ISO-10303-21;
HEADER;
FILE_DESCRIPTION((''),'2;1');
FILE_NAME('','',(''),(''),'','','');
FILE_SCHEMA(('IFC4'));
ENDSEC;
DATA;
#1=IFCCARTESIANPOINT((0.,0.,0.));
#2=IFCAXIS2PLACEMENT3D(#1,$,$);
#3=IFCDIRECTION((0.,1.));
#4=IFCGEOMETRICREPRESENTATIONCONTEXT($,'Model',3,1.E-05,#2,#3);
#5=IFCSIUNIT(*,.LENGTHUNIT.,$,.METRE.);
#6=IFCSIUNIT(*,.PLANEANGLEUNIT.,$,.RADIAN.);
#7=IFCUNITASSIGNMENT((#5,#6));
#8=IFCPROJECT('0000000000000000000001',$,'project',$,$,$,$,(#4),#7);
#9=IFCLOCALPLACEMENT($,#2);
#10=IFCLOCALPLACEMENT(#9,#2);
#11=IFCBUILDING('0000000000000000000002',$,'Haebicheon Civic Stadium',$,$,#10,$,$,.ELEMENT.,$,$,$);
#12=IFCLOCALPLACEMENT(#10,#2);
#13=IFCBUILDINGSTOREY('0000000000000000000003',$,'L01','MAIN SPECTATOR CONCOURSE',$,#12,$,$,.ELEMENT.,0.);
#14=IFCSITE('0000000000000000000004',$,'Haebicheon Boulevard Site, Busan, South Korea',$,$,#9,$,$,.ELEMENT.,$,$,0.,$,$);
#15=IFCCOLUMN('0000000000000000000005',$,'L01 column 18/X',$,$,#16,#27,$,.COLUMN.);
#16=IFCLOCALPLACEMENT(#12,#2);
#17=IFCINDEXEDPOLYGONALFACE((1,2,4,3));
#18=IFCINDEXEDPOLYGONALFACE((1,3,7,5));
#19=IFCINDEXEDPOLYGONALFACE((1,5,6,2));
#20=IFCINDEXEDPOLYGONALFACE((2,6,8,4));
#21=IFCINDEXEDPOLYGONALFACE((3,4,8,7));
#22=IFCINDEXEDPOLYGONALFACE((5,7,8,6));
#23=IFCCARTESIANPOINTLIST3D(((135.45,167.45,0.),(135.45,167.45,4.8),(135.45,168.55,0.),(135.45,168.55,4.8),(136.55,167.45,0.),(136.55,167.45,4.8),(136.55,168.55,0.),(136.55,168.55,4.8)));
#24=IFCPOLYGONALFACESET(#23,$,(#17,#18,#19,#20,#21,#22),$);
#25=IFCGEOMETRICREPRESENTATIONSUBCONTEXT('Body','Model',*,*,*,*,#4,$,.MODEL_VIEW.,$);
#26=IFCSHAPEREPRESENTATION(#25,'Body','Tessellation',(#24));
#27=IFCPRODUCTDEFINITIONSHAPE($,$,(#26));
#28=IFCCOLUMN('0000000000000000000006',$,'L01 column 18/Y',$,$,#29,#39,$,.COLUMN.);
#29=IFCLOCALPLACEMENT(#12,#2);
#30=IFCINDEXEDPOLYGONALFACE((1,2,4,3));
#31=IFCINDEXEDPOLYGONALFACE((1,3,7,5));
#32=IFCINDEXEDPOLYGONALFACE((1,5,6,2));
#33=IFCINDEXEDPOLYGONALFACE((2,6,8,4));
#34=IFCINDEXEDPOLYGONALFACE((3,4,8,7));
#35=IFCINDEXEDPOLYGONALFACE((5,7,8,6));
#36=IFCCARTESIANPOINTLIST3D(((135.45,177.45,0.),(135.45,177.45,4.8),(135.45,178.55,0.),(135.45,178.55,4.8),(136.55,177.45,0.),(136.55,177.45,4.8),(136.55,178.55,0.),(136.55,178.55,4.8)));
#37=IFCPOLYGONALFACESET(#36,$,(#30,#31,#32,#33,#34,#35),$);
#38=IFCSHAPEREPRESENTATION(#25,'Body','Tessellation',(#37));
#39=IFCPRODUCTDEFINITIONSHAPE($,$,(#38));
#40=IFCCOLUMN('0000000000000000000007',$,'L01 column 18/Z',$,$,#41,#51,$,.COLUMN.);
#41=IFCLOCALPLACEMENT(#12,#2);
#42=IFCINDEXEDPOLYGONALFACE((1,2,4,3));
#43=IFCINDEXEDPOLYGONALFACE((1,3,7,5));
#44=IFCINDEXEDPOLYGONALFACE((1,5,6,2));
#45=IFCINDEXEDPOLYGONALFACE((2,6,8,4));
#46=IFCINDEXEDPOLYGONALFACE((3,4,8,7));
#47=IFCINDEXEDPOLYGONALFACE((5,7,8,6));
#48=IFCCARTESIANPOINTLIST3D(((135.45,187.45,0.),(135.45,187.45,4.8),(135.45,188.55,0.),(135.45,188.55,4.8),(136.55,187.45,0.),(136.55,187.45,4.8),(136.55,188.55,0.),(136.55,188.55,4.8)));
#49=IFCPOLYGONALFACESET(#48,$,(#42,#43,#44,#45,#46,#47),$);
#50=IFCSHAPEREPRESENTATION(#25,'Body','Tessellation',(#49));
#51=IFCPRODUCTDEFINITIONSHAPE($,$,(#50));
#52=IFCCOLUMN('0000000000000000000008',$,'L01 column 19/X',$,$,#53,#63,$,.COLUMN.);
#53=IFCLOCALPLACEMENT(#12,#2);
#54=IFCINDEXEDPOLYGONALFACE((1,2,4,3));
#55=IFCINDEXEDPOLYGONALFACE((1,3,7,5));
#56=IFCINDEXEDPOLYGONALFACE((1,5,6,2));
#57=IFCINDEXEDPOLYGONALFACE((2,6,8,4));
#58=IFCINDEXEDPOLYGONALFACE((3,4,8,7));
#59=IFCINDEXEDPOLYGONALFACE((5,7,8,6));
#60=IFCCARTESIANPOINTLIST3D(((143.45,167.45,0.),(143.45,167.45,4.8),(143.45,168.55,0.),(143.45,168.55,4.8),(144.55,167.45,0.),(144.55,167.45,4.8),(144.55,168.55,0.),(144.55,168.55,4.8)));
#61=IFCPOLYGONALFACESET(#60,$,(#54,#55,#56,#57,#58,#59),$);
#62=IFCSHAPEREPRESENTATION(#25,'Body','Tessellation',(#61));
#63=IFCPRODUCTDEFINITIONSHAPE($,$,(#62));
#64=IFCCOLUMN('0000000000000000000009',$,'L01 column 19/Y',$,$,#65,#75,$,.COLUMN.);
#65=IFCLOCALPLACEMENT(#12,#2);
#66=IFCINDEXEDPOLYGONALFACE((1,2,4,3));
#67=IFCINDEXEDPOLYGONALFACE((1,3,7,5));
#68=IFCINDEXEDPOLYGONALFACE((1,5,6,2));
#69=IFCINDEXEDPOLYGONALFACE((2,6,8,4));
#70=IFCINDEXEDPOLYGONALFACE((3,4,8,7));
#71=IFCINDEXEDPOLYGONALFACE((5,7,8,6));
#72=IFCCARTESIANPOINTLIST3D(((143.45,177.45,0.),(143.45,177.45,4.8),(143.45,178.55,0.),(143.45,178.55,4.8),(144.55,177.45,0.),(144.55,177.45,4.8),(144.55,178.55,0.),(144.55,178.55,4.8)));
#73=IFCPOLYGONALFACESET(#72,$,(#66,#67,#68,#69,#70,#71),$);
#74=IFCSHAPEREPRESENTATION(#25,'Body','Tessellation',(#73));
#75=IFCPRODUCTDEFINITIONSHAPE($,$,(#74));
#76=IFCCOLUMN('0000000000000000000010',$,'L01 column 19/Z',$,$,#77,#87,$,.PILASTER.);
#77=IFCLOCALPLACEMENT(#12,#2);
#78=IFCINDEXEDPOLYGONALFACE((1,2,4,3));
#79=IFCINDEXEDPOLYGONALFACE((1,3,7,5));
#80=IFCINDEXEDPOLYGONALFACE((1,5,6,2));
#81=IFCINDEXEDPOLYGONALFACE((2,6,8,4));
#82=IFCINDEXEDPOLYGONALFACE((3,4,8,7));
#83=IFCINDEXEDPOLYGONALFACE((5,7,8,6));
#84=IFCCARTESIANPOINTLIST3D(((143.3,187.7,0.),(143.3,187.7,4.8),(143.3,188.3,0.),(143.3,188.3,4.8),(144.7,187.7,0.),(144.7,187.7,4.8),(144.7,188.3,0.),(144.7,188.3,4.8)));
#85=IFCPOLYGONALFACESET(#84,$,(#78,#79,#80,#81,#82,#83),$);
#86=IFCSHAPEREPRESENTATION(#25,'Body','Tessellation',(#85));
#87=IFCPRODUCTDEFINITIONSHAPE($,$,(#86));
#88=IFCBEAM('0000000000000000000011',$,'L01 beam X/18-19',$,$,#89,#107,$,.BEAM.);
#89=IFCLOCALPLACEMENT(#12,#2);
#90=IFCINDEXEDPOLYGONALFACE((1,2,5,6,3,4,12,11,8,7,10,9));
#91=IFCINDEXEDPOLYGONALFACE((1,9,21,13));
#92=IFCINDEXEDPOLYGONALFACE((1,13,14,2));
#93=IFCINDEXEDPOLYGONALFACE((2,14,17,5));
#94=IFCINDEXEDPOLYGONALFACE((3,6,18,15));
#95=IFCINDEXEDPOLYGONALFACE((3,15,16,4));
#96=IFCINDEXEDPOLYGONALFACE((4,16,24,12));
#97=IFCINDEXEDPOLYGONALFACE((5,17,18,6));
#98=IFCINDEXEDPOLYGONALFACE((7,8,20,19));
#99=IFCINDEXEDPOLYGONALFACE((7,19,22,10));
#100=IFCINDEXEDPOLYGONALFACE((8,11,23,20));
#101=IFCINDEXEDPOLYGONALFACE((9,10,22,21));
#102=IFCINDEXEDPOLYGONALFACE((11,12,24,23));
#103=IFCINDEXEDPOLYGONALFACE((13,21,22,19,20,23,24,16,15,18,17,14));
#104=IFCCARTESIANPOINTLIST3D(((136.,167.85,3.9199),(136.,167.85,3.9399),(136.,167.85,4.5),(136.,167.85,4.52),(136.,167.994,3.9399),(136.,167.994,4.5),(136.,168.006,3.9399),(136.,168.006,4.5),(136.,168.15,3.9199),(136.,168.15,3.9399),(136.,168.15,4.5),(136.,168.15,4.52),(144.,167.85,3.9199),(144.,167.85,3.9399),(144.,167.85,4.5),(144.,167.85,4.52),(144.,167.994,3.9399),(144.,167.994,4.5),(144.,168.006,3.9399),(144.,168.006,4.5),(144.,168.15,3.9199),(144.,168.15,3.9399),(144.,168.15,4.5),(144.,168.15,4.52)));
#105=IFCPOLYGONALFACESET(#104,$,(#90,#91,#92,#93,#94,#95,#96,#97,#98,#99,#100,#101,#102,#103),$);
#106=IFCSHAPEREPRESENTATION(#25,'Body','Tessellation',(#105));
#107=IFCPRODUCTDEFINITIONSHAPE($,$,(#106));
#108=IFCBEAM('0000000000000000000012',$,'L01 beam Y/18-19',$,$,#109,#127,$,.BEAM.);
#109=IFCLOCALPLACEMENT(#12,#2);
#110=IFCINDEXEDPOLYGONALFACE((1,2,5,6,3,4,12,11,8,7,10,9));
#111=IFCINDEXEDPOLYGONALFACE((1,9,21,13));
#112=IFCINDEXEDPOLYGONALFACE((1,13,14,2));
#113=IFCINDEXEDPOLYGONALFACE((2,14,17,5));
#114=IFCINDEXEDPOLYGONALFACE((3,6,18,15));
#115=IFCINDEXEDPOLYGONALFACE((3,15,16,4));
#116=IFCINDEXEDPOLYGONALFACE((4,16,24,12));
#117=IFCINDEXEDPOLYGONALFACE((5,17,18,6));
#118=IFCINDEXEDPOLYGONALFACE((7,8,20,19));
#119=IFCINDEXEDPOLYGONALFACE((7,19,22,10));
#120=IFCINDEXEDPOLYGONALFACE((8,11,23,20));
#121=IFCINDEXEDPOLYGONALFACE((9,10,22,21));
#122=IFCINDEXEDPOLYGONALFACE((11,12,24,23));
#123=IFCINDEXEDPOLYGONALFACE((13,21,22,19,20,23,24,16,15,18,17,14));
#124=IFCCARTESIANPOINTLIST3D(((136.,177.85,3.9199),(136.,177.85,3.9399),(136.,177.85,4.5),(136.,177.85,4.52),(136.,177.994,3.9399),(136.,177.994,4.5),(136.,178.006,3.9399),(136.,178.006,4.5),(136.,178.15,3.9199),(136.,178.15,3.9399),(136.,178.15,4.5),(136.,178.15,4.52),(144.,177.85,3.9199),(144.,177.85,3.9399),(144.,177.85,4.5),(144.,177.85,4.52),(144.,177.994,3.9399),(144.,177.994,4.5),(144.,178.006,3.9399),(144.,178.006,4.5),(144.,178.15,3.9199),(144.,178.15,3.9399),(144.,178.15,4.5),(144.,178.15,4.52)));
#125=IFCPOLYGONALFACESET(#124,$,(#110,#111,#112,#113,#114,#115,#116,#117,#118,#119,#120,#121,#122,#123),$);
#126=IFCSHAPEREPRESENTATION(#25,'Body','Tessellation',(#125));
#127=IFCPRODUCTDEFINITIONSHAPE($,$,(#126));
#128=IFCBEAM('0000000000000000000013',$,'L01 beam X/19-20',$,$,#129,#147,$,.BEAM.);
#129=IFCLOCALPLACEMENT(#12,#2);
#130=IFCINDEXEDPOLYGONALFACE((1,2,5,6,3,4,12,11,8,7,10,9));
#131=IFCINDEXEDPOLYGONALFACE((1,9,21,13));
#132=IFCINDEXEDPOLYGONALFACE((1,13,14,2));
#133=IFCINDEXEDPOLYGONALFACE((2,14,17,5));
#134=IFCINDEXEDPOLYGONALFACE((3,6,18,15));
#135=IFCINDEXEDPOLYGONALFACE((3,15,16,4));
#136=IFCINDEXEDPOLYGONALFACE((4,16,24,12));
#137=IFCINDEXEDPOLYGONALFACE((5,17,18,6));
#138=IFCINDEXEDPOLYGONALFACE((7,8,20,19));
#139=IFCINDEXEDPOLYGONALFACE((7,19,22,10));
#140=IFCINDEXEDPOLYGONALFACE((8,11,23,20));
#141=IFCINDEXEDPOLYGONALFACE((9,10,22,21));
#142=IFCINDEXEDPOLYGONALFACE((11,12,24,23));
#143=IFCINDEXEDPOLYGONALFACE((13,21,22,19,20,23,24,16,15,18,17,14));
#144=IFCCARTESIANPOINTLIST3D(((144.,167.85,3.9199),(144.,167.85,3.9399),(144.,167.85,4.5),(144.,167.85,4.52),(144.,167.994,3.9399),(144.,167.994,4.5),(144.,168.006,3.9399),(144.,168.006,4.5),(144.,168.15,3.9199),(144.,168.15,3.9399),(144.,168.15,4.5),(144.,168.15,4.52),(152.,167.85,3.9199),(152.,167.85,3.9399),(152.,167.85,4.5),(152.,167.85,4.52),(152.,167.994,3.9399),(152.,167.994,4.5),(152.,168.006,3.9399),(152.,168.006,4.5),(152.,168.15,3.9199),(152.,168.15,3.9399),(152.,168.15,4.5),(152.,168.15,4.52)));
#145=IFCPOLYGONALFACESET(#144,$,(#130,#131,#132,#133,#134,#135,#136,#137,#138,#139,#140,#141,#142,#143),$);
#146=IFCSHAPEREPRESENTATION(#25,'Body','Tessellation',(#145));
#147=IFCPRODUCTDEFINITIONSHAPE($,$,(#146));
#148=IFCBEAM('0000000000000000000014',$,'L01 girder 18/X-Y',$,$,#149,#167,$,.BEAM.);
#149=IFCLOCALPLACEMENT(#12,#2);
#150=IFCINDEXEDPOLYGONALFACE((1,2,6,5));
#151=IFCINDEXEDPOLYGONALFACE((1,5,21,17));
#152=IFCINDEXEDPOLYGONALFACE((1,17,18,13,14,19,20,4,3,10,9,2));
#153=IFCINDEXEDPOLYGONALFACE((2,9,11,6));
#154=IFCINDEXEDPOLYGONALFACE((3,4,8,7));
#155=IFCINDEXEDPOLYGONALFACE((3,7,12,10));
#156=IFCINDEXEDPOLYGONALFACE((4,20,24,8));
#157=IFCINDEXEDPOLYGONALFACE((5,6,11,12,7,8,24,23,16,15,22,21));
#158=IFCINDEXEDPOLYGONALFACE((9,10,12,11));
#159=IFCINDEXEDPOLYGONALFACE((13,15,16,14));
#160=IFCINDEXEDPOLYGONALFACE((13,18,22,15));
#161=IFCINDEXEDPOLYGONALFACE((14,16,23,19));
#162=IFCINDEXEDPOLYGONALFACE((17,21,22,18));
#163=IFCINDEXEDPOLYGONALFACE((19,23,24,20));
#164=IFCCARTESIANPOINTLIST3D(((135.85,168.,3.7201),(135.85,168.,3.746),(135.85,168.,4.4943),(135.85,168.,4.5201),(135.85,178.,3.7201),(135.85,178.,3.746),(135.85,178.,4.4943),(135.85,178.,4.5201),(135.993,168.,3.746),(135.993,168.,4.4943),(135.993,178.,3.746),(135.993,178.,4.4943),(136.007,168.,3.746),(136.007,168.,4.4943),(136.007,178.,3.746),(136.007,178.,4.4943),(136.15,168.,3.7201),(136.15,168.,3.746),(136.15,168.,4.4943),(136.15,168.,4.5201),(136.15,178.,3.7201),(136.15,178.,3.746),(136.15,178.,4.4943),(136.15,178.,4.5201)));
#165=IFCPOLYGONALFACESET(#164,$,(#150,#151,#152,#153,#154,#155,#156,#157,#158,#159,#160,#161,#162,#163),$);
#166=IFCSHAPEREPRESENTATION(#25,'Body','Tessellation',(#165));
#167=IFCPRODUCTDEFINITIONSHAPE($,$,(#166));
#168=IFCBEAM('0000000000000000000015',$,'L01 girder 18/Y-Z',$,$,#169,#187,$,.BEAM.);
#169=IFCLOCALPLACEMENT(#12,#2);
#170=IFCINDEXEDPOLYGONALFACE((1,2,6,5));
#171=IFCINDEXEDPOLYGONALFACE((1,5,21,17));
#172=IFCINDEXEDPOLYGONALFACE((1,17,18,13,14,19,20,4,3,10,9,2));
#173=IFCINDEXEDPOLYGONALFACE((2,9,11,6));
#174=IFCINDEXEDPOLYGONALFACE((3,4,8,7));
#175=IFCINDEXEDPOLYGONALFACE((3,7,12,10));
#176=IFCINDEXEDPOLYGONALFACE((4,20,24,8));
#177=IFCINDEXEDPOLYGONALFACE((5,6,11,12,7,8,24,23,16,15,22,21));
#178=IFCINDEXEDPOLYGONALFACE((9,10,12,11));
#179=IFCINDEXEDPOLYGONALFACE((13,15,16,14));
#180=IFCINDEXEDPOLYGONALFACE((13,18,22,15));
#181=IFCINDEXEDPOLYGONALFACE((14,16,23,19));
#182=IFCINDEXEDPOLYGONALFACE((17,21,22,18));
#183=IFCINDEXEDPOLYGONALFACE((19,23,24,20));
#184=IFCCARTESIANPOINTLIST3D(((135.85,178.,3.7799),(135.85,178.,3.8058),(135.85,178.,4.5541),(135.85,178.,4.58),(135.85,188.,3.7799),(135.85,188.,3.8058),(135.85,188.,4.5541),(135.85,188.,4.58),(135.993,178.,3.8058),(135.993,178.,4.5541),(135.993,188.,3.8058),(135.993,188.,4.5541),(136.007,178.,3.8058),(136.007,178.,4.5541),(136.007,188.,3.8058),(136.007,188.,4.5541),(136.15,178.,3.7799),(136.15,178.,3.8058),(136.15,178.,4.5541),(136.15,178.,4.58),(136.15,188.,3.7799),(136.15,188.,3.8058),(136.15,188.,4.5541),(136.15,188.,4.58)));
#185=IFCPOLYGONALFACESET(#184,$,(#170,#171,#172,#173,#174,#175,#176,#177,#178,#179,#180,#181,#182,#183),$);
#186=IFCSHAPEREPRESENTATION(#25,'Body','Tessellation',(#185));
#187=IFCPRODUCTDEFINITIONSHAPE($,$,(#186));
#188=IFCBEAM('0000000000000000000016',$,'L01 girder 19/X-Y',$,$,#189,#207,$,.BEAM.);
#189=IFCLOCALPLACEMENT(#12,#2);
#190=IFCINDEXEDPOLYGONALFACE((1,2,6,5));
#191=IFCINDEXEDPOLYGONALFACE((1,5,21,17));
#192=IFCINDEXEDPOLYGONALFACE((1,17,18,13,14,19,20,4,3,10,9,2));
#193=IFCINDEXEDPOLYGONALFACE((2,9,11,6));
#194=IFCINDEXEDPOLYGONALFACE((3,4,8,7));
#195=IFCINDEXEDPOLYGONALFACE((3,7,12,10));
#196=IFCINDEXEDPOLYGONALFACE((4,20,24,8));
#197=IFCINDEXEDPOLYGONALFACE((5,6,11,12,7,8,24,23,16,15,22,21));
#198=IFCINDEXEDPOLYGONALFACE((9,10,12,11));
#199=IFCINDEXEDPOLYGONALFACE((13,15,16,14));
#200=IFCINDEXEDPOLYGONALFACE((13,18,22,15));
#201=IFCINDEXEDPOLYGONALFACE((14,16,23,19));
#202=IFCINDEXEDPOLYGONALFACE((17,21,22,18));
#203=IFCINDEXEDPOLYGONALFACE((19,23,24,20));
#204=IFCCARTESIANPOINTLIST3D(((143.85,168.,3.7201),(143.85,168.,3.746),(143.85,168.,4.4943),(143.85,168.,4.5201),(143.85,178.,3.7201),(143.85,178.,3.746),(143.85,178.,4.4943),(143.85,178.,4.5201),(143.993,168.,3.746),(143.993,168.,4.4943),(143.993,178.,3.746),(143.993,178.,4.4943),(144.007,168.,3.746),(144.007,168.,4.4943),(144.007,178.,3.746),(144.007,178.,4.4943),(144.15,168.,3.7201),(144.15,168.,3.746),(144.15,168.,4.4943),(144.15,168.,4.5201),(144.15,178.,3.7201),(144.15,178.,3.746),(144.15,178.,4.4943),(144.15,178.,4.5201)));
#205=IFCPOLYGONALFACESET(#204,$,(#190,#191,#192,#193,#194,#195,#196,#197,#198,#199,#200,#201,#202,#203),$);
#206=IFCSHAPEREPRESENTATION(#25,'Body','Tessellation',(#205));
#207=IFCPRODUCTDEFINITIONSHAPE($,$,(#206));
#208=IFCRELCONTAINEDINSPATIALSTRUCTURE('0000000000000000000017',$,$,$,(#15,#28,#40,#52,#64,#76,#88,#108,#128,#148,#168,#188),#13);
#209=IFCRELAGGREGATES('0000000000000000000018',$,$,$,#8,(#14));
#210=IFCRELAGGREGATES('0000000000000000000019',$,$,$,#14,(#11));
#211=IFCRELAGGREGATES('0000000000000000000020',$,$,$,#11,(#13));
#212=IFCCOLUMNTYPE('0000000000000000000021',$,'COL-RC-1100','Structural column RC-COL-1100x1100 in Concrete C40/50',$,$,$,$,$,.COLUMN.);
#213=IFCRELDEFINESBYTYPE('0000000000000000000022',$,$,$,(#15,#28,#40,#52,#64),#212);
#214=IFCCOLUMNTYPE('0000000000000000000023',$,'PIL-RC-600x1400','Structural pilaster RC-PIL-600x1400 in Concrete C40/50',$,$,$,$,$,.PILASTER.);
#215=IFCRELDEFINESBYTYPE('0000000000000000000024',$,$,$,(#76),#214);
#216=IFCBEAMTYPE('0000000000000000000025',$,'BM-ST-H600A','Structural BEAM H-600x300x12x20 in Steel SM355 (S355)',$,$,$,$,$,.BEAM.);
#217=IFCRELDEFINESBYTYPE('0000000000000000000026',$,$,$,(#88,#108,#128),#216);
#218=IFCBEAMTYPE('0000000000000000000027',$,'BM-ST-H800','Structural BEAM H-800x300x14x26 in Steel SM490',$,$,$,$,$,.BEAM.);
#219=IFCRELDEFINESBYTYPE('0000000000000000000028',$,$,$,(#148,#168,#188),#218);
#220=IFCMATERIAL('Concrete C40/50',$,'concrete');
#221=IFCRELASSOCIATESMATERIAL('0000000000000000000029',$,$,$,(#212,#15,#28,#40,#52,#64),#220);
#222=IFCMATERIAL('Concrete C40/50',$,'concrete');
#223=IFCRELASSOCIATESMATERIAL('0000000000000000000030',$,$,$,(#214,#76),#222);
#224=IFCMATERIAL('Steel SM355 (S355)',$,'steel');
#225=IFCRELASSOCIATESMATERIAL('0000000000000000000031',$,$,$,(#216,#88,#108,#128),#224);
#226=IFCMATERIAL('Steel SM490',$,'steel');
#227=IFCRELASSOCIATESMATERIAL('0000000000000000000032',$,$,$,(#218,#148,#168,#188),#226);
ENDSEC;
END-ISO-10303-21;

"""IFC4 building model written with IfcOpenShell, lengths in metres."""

from ifc_helpers import new_model, si_unit, direction, frame, origin, origin_2d, place, context, subcontext, project, spatial, rectangle, i_section, extrude, material, material_profile, profile_set, type_object, element, save


model = new_model("IFC4")

# Units and contexts
model_context = context("Model", 3, precision=1e-05, world=origin(), true_north=direction((0.0, 1.0)))
body_context = subcontext(model_context, "Body", "Model", "MODEL_VIEW")
ifc_project = project(units=[si_unit("LENGTHUNIT", "METRE"), si_unit("PLANEANGLEUNIT", "RADIAN")], contexts=[model_context])

# Site, building, storey
site_placement = place(None, origin())
site = spatial("IfcSite", under=ifc_project, at=site_placement, Name="Haebicheon Boulevard Site, Busan, South Korea", CompositionType="ELEMENT", RefElevation=0.0)
building_placement = place(site_placement, origin())
building = spatial("IfcBuilding", under=site, at=building_placement, Name="Haebicheon Civic Stadium", CompositionType="ELEMENT")
storey_placement = place(building_placement, origin())
storey = spatial("IfcBuildingStorey", under=building, at=storey_placement, Name="L01", Description="MAIN SPECTATOR CONCOURSE", CompositionType="ELEMENT", Elevation=0.0)

# Columns
ifc_material_1 = material(Name="Concrete C40/50", Category="concrete")
ifc_material_profile_1 = material_profile(ifc_material_1, rectangle(XDim=1.1001, YDim=1.1001, at=origin_2d()), Name="RC-COL-1100x1100")
ifc_profile_set_1 = profile_set([ifc_material_profile_1], Name="Concrete C40/50")
column_type_1 = type_object("IfcColumnType", Name="COL-RC-1100", Description="Structural column RC-COL-1100x1100 in Concrete C40/50", PredefinedType="COLUMN", material=ifc_profile_set_1)
for number, where, z_axis, x_axis, name in (
    (1, (136.0, 168.0, 0.0), (0.0, 0.0, 1.0), (1.0, 0.0, 0.0), "L01 column 18/X"),
    (2, (136.0, 178.0, 0.0), (0.0, 0.0, 1.0), (1.0, 0.0, 0.0), "L01 column 18/Y"),
    (3, (136.0, 188.0, 0.0), (0.0, 0.0, 1.0), (1.0, 0.0, 0.0), "L01 column 18/Z"),
    (4, (144.0, 168.0, 0.0), (0.0, 0.0, 1.0), (1.0, 0.0, 0.0), "L01 column 19/X"),
    (5, (144.0, 178.0, 0.0), (0.0, 0.0, 1.0), (1.0, 0.0, 0.0), "L01 column 19/Y"),
):
    element("IfcColumn", number, at=place(storey_placement, frame(where, z_axis=z_axis, x_axis=x_axis)), inside=storey, type_object=column_type_1, material=ifc_profile_set_1, Name=name, PredefinedType="COLUMN", context=body_context, shape_type="SweptSolid", body=[
        extrude(rectangle(XDim=1.1001, YDim=1.1001, at=origin_2d()), origin(), (0.0, 0.0, 1.0), 4.8),
    ])
ifc_material_2 = material(Name="Concrete C40/50", Category="concrete")
ifc_material_profile_2 = material_profile(ifc_material_2, rectangle(XDim=0.6001, YDim=1.3999, at=origin_2d()), Name="RC-PIL-600x1400")
ifc_profile_set_2 = profile_set([ifc_material_profile_2], Name="Concrete C40/50")
column_type_2 = type_object("IfcColumnType", Name="PIL-RC-600x1400", Description="Structural pilaster RC-PIL-600x1400 in Concrete C40/50", PredefinedType="PILASTER", material=ifc_profile_set_2)
column_placement = place(storey_placement, frame((144.0, 188.0, 0.0), z_axis=(0.0, 0.0, 1.0), x_axis=(0.0, 1.0, 0.0)))
element("IfcColumn", 6, at=column_placement, inside=storey, type_object=column_type_2, material=ifc_profile_set_2, Name="L01 column 19/Z", PredefinedType="PILASTER", context=body_context, shape_type="SweptSolid", body=[
    extrude(rectangle(XDim=0.6001, YDim=1.3999, at=origin_2d()), origin(), (0.0, 0.0, 1.0), 4.8),
])

# Beams
ifc_material_3 = material(Name="Steel SM355 (S355)", Category="steel")
ifc_material_profile_3 = material_profile(ifc_material_3, i_section(OverallWidth=0.3, OverallDepth=0.6001, WebThickness=0.012, FlangeThickness=0.02, at=origin_2d()), Name="H-600x300x12x20")
ifc_profile_set_3 = profile_set([ifc_material_profile_3], Name="Steel SM355 (S355)")
beam_type_1 = type_object("IfcBeamType", Name="BM-ST-H600A", Description="Structural BEAM H-600x300x12x20 in Steel SM355 (S355)", PredefinedType="BEAM", material=ifc_profile_set_3)
for number, where, z_axis, x_axis, name in (
    (7, (136.0, 168.0, 4.22), (1.0, 0.0, 0.0), (0.0, 1.0, 0.0), "L01 beam X/18-19"),
    (8, (136.0, 178.0, 4.22), (1.0, 0.0, 0.0), (0.0, 1.0, 0.0), "L01 beam Y/18-19"),
    (9, (144.0, 168.0, 4.22), (1.0, 0.0, 0.0), (0.0, 1.0, 0.0), "L01 beam X/19-20"),
):
    element("IfcBeam", number, at=place(storey_placement, frame(where, z_axis=z_axis, x_axis=x_axis)), inside=storey, type_object=beam_type_1, material=ifc_profile_set_3, Name=name, PredefinedType="BEAM", context=body_context, shape_type="SweptSolid", body=[
        extrude(i_section(OverallWidth=0.3, OverallDepth=0.6001, WebThickness=0.012, FlangeThickness=0.02, at=origin_2d()), origin(), (0.0, 0.0, 1.0), 8.0),
    ])
ifc_material_4 = material(Name="Steel SM490", Category="steel")
ifc_material_profile_4 = material_profile(ifc_material_4, i_section(OverallWidth=0.3, OverallDepth=0.8, WebThickness=0.0139, FlangeThickness=0.0259, at=origin_2d()), Name="H-800x300x14x26")
ifc_profile_set_4 = profile_set([ifc_material_profile_4], Name="Steel SM490")
beam_type_2 = type_object("IfcBeamType", Name="BM-ST-H800", Description="Structural BEAM H-800x300x14x26 in Steel SM490", PredefinedType="BEAM", material=ifc_profile_set_4)
for number, where, z_axis, x_axis, name in (
    (10, (136.0, 168.0, 4.1201), (0.0, 1.0, 0.0), (-1.0, 0.0, 0.0), "L01 girder 18/X-Y"),
    (11, (136.0, 178.0, 4.1799), (0.0, 1.0, 0.0), (-1.0, 0.0, 0.0), "L01 girder 18/Y-Z"),
    (12, (144.0, 168.0, 4.1201), (0.0, 1.0, 0.0), (-1.0, 0.0, 0.0), "L01 girder 19/X-Y"),
):
    element("IfcBeam", number, at=place(storey_placement, frame(where, z_axis=z_axis, x_axis=x_axis)), inside=storey, type_object=beam_type_2, material=ifc_profile_set_4, Name=name, PredefinedType="BEAM", context=body_context, shape_type="SweptSolid", body=[
        extrude(i_section(OverallWidth=0.3, OverallDepth=0.8, WebThickness=0.0139, FlangeThickness=0.0259, at=origin_2d()), origin(), (0.0, 0.0, 1.0), 10.0),
    ])

save(model, "model.ifc")
